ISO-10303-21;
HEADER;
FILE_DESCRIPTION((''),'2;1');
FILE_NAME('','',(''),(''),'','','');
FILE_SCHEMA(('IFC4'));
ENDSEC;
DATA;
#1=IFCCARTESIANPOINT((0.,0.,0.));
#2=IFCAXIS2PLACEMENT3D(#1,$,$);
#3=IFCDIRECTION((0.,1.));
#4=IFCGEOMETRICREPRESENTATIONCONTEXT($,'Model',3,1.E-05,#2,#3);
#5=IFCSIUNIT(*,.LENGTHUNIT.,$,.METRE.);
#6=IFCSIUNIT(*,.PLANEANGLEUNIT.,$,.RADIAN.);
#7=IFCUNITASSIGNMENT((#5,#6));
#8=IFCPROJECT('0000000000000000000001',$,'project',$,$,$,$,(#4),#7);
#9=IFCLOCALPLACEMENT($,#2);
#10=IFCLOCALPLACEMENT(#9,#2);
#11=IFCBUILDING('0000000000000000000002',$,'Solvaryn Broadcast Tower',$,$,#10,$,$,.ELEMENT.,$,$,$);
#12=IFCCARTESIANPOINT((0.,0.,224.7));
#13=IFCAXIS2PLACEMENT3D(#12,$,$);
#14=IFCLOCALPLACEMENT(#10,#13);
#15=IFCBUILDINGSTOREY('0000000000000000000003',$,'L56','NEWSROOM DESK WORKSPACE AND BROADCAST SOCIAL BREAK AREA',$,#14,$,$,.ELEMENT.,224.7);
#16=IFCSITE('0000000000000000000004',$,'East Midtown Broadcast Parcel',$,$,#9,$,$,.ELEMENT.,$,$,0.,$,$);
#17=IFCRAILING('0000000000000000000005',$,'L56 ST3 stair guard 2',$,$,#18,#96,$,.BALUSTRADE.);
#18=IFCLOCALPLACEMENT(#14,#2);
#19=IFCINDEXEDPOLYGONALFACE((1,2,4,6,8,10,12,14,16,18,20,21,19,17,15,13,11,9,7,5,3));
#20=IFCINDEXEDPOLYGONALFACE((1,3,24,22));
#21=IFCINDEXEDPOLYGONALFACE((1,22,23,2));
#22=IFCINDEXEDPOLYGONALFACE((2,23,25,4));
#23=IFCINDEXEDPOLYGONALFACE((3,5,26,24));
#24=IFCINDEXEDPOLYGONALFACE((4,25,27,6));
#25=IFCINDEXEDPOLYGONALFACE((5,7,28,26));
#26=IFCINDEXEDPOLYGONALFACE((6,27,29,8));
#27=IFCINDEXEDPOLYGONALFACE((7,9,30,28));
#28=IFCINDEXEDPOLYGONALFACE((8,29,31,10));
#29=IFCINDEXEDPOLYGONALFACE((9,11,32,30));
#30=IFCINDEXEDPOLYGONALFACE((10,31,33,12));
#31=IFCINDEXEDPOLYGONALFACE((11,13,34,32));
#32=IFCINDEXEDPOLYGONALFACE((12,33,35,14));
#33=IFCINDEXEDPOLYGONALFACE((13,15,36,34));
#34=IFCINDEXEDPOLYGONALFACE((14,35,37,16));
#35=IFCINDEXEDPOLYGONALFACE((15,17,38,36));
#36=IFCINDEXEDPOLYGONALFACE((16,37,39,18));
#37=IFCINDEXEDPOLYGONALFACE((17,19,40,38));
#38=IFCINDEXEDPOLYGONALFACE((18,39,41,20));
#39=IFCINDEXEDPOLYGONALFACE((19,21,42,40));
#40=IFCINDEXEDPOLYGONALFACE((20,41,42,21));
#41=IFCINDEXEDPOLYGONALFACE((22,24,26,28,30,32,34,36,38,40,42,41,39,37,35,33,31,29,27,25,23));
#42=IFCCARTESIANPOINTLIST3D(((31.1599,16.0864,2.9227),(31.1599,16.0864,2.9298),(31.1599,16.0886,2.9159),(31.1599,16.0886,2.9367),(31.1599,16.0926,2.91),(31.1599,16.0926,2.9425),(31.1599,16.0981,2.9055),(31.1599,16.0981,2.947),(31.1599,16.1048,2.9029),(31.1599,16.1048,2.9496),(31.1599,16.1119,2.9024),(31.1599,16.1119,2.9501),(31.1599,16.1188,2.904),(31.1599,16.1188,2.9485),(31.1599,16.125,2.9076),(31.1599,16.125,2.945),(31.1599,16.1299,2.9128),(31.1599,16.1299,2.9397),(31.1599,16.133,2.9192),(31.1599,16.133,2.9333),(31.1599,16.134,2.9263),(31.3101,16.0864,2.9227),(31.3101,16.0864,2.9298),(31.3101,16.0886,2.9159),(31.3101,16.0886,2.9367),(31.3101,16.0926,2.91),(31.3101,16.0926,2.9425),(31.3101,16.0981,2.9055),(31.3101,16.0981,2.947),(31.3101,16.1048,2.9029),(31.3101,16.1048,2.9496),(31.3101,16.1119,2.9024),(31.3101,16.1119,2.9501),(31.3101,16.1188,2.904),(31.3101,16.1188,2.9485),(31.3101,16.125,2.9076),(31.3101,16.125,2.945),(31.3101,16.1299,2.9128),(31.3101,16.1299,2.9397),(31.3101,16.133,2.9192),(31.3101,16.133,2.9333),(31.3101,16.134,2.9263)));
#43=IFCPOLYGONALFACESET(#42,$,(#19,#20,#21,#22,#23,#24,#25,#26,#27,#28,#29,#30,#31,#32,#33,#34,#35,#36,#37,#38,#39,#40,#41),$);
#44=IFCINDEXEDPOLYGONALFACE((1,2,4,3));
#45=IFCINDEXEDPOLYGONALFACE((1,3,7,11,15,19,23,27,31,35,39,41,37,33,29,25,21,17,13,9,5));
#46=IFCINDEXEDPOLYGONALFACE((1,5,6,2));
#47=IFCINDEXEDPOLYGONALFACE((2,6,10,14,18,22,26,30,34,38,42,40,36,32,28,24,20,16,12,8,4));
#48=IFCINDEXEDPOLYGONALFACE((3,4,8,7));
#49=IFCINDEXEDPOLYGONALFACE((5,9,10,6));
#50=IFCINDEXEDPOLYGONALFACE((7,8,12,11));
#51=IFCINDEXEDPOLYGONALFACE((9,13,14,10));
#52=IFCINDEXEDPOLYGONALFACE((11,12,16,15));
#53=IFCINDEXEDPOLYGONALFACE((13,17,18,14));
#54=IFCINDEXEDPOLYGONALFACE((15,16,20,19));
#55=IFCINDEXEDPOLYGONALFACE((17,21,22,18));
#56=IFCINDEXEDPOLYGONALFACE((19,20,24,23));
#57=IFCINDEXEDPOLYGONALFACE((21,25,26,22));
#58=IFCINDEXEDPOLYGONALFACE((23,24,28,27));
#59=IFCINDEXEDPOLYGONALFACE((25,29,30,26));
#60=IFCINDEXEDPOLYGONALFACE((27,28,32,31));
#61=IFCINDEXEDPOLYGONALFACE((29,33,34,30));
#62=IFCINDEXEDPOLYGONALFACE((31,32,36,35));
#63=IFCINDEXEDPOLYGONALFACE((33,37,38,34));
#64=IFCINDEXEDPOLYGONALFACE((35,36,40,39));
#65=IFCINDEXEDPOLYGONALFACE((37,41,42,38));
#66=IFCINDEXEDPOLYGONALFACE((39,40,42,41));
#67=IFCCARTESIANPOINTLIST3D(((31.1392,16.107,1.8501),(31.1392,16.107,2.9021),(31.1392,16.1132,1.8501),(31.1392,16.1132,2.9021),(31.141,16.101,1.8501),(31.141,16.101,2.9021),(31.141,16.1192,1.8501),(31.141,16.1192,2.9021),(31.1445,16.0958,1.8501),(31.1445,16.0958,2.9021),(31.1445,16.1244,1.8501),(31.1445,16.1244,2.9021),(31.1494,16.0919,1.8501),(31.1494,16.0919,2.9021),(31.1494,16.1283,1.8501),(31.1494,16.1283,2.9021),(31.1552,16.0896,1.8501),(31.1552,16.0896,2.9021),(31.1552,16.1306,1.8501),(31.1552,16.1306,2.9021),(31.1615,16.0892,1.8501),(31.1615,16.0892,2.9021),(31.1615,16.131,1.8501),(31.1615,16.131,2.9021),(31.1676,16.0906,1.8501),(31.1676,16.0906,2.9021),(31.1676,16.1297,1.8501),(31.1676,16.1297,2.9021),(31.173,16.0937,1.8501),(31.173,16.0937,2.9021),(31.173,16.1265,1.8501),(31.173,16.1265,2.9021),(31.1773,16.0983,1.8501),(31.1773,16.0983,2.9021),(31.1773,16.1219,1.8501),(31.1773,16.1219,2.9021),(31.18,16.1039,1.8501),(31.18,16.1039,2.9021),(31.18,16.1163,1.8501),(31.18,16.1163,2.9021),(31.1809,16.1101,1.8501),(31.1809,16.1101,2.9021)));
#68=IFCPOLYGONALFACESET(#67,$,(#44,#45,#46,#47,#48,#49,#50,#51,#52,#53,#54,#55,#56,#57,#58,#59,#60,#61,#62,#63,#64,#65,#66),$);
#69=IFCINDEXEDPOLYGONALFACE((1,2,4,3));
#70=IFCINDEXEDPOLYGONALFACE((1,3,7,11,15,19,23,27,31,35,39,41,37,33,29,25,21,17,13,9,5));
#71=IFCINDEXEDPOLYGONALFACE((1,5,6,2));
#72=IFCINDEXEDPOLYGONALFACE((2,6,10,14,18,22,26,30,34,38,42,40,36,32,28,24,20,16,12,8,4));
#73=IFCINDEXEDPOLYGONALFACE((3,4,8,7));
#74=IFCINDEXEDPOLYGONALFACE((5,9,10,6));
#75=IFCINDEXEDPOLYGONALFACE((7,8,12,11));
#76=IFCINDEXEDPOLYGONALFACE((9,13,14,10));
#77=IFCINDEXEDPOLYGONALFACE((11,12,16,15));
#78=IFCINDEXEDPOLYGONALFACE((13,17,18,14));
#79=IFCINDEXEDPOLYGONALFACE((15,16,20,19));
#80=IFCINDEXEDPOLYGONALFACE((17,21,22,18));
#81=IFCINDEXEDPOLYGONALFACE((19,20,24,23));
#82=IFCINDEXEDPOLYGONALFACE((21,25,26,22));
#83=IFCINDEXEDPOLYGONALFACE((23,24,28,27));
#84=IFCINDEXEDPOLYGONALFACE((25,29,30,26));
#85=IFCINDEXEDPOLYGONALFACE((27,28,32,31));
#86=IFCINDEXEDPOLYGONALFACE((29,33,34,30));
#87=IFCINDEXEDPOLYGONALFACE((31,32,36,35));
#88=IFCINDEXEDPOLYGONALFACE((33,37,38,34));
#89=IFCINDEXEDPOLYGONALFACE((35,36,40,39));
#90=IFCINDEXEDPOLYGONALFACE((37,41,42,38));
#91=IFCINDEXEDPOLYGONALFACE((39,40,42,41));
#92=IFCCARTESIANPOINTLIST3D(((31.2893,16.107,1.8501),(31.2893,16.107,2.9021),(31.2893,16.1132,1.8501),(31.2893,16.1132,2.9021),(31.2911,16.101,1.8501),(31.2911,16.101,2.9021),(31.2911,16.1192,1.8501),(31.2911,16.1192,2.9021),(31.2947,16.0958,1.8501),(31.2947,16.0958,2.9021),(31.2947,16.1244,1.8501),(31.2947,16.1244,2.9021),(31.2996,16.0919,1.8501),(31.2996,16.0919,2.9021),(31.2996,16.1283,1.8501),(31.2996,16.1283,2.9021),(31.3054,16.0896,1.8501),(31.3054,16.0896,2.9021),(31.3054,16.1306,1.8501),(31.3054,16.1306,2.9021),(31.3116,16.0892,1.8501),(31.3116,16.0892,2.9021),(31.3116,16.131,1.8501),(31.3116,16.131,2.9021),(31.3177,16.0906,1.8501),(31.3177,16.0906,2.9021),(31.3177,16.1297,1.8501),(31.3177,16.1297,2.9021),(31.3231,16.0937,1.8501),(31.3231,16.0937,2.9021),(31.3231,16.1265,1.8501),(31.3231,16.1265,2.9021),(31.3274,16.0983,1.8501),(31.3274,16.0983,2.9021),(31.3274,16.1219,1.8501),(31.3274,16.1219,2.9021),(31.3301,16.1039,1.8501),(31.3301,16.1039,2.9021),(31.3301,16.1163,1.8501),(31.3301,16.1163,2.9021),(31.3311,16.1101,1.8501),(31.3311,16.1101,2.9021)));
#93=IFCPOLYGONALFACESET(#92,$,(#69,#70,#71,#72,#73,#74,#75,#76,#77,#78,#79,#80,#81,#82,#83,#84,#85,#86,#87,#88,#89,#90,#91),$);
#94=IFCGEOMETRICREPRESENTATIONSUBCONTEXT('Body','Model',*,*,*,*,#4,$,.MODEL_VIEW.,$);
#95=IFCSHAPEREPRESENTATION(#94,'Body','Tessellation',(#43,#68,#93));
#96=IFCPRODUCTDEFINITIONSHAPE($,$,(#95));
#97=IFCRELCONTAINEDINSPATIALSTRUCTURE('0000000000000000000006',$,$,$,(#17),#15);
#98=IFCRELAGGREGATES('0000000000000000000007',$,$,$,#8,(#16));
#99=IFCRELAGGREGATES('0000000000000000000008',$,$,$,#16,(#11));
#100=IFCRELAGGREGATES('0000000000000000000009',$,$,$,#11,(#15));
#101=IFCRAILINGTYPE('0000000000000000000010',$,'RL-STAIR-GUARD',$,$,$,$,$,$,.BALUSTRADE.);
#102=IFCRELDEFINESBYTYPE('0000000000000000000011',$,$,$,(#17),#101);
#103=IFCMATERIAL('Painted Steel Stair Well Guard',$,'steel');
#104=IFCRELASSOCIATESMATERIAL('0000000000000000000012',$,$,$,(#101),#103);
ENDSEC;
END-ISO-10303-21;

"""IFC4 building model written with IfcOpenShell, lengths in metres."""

from ifc_helpers import new_model, si_unit, direction, frame, origin, origin_2d, place, context, subcontext, project, spatial, circle, extrude, material, type_object, element, save


model = new_model("IFC4")

# Units and contexts
model_context = context("Model", 3, precision=1e-05, world=origin(), true_north=direction((0.0, 1.0)))
body_context = subcontext(model_context, "Body", "Model", "MODEL_VIEW")
ifc_project = project(units=[si_unit("LENGTHUNIT", "METRE"), si_unit("PLANEANGLEUNIT", "RADIAN")], contexts=[model_context])

# Site, building, storey
site_placement = place(None, origin())
site = spatial("IfcSite", under=ifc_project, at=site_placement, Name="East Midtown Broadcast Parcel", CompositionType="ELEMENT", RefElevation=0.0)
building_placement = place(site_placement, origin())
building = spatial("IfcBuilding", under=site, at=building_placement, Name="Solvaryn Broadcast Tower", CompositionType="ELEMENT")
storey_placement = place(building_placement, frame((0.0, 0.0, 224.7)))
storey = spatial("IfcBuildingStorey", under=building, at=storey_placement, Name="L56", Description="NEWSROOM DESK WORKSPACE AND BROADCAST SOCIAL BREAK AREA", CompositionType="ELEMENT", Elevation=224.7)

# Railing
ifc_material_1 = material(Name="Painted Steel Stair Well Guard", Category="steel")
railing_type_1 = type_object("IfcRailingType", Name="RL-STAIR-GUARD", PredefinedType="BALUSTRADE", material=ifc_material_1)
railing_1_placement = place(storey_placement, frame((31.1599, 16.1101, 1.8501)))
element("IfcRailing", 1, at=railing_1_placement, inside=storey, type_object=railing_type_1, Name="L56 ST3 stair guard 2", PredefinedType="BALUSTRADE", context=body_context, shape_type="SweptSolid", body=[
    extrude(circle(Radius=0.0239, at=origin_2d()), frame((0.0, 0.0, 1.0762), z_axis=(1.0, 0.0, 0.0), x_axis=(0.0, 1.0, 0.0)), (0.0, 0.0, 1.0), 0.1501),
    extrude(circle(Radius=0.021, at=origin_2d()), origin(), (0.0, 0.0, 1.0), 1.052),
    extrude(circle(Radius=0.021, at=origin_2d()), frame((0.1501, 0.0, 0.0)), (0.0, 0.0, 1.0), 1.052),
])

save(model, "model.ifc")
